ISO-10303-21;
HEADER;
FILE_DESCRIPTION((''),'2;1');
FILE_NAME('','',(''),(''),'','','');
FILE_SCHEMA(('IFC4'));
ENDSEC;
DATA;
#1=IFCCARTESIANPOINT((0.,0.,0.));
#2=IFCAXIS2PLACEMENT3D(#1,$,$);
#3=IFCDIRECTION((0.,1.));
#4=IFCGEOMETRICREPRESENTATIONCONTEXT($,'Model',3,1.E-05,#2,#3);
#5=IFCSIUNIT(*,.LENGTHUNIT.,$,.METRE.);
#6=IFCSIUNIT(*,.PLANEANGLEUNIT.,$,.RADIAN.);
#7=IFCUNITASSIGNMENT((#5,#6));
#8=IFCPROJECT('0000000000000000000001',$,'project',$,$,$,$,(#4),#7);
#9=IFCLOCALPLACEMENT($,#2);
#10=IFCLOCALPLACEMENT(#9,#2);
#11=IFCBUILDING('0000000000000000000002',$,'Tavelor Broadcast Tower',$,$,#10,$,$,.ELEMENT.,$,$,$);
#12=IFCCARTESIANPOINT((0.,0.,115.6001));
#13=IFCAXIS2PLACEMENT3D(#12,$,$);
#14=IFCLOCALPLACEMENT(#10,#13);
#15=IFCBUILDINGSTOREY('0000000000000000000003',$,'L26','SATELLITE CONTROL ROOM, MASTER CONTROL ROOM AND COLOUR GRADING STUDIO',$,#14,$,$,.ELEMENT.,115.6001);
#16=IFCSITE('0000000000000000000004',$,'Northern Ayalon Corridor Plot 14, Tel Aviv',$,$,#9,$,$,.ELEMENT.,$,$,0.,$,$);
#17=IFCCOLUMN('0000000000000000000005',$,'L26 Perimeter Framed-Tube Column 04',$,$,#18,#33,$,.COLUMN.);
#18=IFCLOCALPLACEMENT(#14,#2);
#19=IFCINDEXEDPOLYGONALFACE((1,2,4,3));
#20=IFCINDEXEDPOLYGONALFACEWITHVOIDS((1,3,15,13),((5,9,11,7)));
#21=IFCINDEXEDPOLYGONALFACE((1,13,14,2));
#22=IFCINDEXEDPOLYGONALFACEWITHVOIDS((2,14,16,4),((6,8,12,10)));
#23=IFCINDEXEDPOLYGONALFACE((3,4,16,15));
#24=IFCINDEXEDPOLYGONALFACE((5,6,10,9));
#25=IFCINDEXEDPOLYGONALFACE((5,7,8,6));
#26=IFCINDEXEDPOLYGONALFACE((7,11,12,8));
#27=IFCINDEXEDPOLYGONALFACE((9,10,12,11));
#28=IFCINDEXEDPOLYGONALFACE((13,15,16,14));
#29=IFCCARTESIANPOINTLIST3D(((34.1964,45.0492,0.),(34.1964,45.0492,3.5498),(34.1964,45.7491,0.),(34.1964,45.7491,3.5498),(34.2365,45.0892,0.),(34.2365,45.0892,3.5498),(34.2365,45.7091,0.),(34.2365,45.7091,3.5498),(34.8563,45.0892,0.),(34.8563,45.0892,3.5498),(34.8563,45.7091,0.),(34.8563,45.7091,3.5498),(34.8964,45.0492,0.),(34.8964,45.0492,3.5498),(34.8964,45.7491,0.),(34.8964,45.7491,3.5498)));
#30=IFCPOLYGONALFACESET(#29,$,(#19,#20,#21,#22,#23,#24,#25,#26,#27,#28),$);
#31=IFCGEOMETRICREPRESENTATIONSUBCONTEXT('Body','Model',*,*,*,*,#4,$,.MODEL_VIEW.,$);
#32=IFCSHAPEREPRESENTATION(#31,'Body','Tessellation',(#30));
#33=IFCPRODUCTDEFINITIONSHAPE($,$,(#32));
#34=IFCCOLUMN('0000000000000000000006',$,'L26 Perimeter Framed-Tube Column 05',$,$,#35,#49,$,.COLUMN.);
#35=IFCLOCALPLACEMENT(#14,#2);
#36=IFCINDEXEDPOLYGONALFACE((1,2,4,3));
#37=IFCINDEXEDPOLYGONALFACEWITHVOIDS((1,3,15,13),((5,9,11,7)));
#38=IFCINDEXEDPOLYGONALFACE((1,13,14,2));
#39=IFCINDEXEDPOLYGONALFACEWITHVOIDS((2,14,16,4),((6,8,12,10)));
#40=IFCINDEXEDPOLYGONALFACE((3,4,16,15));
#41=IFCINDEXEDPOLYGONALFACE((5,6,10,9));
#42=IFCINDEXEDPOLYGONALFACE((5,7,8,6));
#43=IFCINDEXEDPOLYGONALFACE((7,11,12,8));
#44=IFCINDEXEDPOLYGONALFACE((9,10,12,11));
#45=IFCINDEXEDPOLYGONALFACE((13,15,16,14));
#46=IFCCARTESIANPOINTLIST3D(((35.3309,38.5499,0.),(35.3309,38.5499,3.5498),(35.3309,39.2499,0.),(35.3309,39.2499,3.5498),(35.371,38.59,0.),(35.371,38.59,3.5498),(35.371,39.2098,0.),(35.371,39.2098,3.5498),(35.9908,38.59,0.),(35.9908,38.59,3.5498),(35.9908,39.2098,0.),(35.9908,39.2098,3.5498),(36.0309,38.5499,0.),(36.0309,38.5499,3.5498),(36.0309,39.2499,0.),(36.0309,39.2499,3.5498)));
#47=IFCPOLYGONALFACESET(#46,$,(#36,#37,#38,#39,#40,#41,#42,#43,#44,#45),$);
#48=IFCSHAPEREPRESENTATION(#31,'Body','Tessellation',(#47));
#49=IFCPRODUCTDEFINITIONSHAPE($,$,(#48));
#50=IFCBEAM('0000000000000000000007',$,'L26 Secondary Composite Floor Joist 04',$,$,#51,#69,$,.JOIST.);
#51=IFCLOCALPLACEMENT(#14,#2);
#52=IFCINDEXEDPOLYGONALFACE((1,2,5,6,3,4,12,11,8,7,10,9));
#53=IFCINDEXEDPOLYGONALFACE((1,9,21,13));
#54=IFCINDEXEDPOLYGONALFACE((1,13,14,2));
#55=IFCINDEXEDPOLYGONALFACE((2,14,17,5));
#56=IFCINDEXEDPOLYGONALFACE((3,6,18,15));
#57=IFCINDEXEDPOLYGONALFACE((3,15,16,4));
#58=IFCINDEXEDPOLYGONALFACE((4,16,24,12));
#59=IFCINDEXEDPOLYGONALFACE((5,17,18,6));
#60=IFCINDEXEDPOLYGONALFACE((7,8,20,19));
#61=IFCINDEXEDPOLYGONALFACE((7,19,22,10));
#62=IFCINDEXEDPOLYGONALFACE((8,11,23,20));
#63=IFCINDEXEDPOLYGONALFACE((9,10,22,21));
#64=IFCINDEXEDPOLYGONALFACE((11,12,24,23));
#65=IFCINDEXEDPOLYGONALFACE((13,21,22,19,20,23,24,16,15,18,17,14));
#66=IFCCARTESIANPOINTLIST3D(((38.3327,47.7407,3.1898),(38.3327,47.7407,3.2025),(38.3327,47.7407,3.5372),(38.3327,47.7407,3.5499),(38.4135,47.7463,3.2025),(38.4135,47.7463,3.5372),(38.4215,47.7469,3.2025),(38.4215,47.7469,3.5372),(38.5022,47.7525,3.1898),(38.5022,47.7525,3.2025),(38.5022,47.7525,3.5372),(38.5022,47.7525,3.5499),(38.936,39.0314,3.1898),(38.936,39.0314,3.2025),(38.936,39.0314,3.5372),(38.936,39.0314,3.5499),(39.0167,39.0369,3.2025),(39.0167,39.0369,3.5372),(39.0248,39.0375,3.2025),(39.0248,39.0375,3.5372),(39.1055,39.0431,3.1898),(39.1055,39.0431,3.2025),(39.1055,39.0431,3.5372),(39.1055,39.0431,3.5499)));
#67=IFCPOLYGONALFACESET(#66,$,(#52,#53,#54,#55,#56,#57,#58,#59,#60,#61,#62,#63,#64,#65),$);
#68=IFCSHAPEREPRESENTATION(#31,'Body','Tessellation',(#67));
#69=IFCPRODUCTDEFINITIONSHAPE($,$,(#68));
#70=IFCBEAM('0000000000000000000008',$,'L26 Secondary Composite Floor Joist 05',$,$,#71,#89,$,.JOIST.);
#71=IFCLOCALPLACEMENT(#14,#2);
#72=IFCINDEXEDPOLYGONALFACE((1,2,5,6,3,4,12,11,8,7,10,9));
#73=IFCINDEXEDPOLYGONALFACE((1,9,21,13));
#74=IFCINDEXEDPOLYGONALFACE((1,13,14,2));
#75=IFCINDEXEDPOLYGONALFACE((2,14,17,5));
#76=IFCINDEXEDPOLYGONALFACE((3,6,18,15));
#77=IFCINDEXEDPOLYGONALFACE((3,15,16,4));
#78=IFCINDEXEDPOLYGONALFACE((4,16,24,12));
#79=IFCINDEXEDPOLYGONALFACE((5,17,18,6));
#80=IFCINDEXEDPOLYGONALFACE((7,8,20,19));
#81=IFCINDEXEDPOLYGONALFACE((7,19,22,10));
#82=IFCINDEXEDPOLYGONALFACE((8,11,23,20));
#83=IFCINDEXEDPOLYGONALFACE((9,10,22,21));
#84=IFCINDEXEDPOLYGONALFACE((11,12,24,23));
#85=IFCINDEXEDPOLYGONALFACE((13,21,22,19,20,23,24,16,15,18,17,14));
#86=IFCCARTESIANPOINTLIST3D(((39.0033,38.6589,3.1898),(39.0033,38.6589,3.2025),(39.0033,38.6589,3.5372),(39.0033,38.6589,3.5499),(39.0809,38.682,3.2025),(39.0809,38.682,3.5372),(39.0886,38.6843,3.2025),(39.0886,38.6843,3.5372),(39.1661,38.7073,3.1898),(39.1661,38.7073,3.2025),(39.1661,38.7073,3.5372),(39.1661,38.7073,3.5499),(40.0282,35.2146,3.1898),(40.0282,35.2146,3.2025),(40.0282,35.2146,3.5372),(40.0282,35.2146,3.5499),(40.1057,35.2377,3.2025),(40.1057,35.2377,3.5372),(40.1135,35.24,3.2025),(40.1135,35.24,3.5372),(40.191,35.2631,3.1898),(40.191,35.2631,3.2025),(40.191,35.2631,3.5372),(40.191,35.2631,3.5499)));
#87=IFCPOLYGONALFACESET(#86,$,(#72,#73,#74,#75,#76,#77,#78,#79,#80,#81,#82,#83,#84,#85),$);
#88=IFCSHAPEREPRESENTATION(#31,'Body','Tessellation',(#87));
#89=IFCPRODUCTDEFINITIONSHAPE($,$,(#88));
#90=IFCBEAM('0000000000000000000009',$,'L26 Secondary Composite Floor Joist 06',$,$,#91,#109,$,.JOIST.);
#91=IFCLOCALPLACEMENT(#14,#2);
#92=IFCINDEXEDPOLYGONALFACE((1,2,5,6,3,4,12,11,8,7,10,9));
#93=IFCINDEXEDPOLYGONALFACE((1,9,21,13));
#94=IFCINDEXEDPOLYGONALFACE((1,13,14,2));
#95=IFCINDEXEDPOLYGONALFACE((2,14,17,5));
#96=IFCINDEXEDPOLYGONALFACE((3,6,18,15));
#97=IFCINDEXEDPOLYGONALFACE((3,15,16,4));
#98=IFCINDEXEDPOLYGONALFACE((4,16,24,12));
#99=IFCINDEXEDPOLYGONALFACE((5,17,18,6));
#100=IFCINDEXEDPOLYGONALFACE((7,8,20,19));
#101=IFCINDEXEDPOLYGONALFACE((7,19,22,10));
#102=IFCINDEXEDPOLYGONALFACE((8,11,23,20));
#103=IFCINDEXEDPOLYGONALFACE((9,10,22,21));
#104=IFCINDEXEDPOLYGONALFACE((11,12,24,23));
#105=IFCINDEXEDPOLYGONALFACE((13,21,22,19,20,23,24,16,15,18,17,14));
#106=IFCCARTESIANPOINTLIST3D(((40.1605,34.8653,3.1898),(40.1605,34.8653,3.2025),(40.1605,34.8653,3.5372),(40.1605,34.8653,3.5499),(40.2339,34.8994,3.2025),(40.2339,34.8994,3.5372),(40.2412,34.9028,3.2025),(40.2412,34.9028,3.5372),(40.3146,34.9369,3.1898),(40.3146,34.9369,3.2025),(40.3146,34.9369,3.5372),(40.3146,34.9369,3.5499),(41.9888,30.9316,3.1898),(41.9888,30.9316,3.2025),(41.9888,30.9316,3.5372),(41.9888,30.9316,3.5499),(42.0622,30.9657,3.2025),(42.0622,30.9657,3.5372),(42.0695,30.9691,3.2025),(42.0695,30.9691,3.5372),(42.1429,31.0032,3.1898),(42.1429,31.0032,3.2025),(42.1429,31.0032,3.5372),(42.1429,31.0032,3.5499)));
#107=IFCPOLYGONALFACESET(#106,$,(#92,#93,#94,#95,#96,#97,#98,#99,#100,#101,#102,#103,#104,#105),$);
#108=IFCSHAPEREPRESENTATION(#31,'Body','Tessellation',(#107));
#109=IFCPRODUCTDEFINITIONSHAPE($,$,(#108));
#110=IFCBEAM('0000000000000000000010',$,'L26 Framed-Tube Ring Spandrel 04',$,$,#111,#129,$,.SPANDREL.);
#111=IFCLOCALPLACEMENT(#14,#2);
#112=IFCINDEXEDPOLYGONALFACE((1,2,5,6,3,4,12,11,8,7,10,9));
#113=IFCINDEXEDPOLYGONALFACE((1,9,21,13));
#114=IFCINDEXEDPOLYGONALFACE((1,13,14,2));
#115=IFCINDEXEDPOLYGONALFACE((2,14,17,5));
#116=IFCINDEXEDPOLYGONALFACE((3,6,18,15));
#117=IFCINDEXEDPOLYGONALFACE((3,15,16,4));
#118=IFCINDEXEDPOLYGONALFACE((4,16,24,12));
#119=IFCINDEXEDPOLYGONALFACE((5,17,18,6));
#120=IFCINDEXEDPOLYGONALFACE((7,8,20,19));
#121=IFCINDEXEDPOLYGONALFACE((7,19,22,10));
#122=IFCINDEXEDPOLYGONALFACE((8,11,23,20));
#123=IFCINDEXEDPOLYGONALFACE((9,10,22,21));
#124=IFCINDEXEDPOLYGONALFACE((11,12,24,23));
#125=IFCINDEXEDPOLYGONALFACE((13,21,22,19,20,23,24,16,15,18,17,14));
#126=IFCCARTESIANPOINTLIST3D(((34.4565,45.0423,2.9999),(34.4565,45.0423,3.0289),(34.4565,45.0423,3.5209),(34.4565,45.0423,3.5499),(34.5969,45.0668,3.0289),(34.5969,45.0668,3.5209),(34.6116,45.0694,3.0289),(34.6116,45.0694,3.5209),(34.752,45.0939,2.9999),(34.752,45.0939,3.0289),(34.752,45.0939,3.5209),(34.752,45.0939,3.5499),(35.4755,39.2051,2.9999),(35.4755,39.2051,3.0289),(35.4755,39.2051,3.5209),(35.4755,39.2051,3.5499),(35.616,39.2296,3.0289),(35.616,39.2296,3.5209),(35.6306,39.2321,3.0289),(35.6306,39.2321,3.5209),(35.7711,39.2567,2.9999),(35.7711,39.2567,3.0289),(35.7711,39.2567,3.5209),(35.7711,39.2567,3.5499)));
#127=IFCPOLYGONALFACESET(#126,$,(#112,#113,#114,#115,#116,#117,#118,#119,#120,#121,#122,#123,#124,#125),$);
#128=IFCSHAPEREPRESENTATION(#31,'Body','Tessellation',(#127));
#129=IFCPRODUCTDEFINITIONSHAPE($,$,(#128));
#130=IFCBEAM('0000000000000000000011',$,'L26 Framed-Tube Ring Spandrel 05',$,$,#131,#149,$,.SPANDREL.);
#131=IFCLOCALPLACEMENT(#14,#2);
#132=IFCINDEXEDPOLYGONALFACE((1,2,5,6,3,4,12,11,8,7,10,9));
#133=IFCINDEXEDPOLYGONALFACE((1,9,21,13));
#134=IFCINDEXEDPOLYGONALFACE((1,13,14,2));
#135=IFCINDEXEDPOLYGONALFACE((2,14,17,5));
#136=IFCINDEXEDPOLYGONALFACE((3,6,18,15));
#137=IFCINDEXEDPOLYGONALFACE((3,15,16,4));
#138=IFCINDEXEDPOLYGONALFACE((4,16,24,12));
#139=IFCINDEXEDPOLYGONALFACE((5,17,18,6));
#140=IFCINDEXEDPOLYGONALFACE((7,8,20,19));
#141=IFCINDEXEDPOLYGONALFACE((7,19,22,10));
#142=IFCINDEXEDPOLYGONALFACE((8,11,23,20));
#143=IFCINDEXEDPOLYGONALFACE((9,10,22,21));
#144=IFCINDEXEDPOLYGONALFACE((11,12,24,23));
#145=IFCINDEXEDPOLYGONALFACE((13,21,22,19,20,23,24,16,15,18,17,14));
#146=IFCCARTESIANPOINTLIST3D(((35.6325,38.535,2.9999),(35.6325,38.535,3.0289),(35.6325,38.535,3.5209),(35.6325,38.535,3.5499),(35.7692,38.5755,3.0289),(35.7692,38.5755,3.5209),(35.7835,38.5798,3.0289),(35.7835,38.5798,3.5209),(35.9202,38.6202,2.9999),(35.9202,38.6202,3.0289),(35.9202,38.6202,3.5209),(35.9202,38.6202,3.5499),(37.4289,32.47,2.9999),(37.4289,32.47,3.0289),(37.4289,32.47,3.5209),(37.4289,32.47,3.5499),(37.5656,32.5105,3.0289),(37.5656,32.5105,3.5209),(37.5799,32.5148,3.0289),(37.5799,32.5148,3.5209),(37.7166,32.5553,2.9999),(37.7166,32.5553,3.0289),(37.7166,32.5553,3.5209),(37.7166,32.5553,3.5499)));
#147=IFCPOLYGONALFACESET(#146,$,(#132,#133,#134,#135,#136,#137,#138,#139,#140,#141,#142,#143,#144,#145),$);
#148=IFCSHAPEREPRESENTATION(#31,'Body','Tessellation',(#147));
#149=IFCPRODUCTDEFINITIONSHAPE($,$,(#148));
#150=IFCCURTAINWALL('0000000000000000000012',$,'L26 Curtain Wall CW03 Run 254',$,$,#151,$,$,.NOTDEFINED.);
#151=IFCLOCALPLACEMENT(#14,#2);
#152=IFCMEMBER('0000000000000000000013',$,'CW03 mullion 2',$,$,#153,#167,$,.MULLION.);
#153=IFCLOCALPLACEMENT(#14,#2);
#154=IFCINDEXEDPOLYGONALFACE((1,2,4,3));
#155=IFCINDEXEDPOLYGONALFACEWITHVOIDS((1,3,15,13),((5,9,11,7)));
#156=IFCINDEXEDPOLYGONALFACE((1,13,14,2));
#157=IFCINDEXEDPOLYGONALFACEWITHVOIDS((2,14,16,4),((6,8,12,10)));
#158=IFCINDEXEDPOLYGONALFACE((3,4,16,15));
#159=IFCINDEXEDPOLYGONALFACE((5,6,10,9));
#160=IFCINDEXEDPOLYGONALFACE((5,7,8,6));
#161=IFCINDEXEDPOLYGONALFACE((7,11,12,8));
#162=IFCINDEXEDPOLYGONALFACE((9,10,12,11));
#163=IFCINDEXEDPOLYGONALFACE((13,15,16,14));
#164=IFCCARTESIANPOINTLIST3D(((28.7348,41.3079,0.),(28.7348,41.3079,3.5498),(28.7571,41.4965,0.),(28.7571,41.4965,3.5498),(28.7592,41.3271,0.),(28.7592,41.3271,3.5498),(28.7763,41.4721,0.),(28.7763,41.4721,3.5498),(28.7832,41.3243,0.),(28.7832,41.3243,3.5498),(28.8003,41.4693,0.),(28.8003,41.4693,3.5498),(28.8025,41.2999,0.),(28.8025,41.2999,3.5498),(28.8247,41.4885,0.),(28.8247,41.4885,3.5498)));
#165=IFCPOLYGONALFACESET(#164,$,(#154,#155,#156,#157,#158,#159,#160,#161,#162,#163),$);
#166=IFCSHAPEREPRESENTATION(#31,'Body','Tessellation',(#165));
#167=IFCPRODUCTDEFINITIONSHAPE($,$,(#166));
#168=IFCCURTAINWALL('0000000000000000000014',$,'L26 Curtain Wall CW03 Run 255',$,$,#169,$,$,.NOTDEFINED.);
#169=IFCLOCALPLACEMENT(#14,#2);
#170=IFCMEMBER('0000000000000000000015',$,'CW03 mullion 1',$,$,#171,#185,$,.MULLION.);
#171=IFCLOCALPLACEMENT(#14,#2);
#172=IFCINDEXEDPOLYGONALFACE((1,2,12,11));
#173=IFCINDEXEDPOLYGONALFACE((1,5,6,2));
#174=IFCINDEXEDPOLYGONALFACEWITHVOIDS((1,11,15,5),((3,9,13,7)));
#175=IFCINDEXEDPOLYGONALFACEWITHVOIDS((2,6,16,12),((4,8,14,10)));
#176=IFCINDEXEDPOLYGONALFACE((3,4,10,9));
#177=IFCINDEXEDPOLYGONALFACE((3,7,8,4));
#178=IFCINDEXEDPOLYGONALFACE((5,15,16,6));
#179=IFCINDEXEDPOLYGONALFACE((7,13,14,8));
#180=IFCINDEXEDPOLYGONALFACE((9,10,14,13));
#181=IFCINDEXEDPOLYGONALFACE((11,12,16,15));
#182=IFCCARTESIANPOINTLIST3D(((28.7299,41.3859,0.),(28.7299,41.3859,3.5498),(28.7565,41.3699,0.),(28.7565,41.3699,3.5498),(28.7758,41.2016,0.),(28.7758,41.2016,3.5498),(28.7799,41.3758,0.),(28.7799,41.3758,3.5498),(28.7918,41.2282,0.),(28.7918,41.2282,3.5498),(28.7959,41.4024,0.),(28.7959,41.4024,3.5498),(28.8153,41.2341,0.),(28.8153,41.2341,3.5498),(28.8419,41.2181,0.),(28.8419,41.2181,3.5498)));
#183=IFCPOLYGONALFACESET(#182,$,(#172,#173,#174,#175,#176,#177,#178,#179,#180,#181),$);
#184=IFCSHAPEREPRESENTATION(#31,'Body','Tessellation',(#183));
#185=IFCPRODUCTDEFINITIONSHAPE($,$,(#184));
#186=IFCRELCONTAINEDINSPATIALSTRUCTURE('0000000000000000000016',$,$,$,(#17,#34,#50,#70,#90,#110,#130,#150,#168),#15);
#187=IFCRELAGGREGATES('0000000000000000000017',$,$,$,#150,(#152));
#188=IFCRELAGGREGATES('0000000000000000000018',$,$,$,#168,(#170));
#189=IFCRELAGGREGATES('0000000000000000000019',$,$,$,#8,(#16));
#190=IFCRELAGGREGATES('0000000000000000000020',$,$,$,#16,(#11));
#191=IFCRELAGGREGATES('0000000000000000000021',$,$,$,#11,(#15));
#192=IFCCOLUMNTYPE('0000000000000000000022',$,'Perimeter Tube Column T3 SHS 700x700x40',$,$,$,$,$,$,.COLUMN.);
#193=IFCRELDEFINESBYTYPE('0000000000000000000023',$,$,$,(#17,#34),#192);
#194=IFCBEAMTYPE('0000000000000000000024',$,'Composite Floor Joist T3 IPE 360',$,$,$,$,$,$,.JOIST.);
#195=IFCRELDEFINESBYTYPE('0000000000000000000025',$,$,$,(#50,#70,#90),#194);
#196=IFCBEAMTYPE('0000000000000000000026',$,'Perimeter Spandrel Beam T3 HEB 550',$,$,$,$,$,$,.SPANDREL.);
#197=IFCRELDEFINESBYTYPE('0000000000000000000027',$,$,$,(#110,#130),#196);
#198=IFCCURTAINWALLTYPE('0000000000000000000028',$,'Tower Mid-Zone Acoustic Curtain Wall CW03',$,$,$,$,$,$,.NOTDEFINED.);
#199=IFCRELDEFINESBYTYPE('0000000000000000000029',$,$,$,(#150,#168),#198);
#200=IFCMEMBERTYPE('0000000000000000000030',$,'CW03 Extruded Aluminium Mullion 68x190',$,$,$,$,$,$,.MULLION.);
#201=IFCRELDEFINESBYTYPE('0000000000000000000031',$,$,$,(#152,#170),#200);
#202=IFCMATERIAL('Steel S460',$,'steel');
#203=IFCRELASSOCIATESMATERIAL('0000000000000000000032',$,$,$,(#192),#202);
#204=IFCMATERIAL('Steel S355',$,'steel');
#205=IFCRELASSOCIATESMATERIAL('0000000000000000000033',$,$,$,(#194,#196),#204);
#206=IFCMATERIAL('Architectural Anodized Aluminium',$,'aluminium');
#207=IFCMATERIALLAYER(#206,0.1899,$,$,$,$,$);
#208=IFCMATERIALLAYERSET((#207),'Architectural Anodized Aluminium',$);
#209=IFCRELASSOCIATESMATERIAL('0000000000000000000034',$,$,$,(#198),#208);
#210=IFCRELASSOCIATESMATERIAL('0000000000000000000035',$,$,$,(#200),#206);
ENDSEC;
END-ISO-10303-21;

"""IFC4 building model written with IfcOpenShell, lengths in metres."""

from ifc_helpers import new_model, si_unit, direction, frame, origin, origin_2d, place, context, subcontext, project, spatial, hollow_rectangle, i_section, extrude, source, transform, mapped, material, layer, layer_set, material_profile, profile_set, type_object, type_shapes, element, aggregate, save


model = new_model("IFC4")

# Units and contexts
model_context = context("Model", 3, precision=1e-05, world=origin(), true_north=direction((0.0, 1.0)))
body_context = subcontext(model_context, "Body", "Model", "MODEL_VIEW")
ifc_project = project(units=[si_unit("LENGTHUNIT", "METRE"), si_unit("PLANEANGLEUNIT", "RADIAN")], contexts=[model_context])

# Site, building, storey
site_placement = place(None, origin())
site = spatial("IfcSite", under=ifc_project, at=site_placement, Name="Northern Ayalon Corridor Plot 14, Tel Aviv", CompositionType="ELEMENT", RefElevation=0.0)
building_placement = place(site_placement, origin())
building = spatial("IfcBuilding", under=site, at=building_placement, Name="Tavelor Broadcast Tower", CompositionType="ELEMENT")
storey_placement = place(building_placement, frame((0.0, 0.0, 115.6001)))
storey = spatial("IfcBuildingStorey", under=building, at=storey_placement, Name="L26", Description="SATELLITE CONTROL ROOM, MASTER CONTROL ROOM AND COLOUR GRADING STUDIO", CompositionType="ELEMENT", Elevation=115.6001)

# Columns
ifc_material_1 = material(Name="Steel S460", Category="steel")
ifc_material_profile_1 = material_profile(ifc_material_1, hollow_rectangle(XDim=0.7, YDim=0.7, WallThickness=0.04, at=origin_2d()), Name="SHS 700x700x40")
ifc_profile_set_1 = profile_set([ifc_material_profile_1], Name="Steel S460")
column_type = type_object("IfcColumnType", Name="Perimeter Tube Column T3 SHS 700x700x40", PredefinedType="COLUMN", material=ifc_profile_set_1)
for number, where, z_axis, x_axis, name in (
    (1, (34.5464, 45.3992, 0.0), (0.0, 0.0, 1.0), (1.0, 0.0, 0.0), "L26 Perimeter Framed-Tube Column 04"),
    (2, (35.6809, 38.8999, 0.0), (0.0, 0.0, 1.0), (1.0, 0.0, 0.0), "L26 Perimeter Framed-Tube Column 05"),
):
    element("IfcColumn", number, at=place(storey_placement, frame(where, z_axis=z_axis, x_axis=x_axis)), inside=storey, type_object=column_type, Name=name, PredefinedType="COLUMN", context=body_context, shape_type="SweptSolid", body=[
        extrude(hollow_rectangle(XDim=0.7, YDim=0.7, WallThickness=0.04, at=origin_2d()), origin(), (0.0, 0.0, 1.0), 3.5498),
    ])

# Beams
ifc_material_2 = material(Name="Steel S355", Category="steel")
ifc_material_profile_2 = material_profile(ifc_material_2, i_section(OverallWidth=0.1699, OverallDepth=0.3601, WebThickness=0.0081, FlangeThickness=0.0127, at=origin_2d()), Name="IPE 360")
ifc_profile_set_2 = profile_set([ifc_material_profile_2], Name="Steel S355")
beam_type_1 = type_object("IfcBeamType", Name="Composite Floor Joist T3 IPE 360", PredefinedType="JOIST", material=ifc_profile_set_2)
beam_1_placement = place(storey_placement, frame((38.4175, 47.7466, 3.3699), z_axis=(0.069101, -0.99761, 0.0), x_axis=(0.99761, 0.069101, 0.0)))
element("IfcBeam", 3, at=beam_1_placement, inside=storey, type_object=beam_type_1, Name="L26 Secondary Composite Floor Joist 04", PredefinedType="JOIST", context=body_context, shape_type="SweptSolid", body=[
    extrude(i_section(OverallWidth=0.1699, OverallDepth=0.3601, WebThickness=0.0081, FlangeThickness=0.0127, at=origin_2d()), origin(), (0.0, 0.0, 1.0), 8.7302),
])
beam_2_placement = place(storey_placement, frame((39.0847, 38.6831, 3.3699), z_axis=(0.285203, -0.958467, 0.0), x_axis=(0.958467, 0.285203, 0.0)))
element("IfcBeam", 4, at=beam_2_placement, inside=storey, type_object=beam_type_1, Name="L26 Secondary Composite Floor Joist 05", PredefinedType="JOIST", context=body_context, shape_type="SweptSolid", body=[
    extrude(i_section(OverallWidth=0.1699, OverallDepth=0.3601, WebThickness=0.0081, FlangeThickness=0.0127, at=origin_2d()), origin(), (0.0, 0.0, 1.0), 3.5935),
])
beam_3_placement = place(storey_placement, frame((40.2375, 34.9011, 3.3699), z_axis=(0.42148, -0.906838, 0.0), x_axis=(0.906838, 0.42148, 0.0)))
element("IfcBeam", 5, at=beam_3_placement, inside=storey, type_object=beam_type_1, Name="L26 Secondary Composite Floor Joist 06", PredefinedType="JOIST", context=body_context, shape_type="SweptSolid", body=[
    extrude(i_section(OverallWidth=0.1699, OverallDepth=0.3601, WebThickness=0.0081, FlangeThickness=0.0127, at=origin_2d()), origin(), (0.0, 0.0, 1.0), 4.3379),
])
ifc_material_profile_3 = material_profile(ifc_material_2, i_section(OverallWidth=0.3, OverallDepth=0.55, WebThickness=0.0149, FlangeThickness=0.0291, at=origin_2d()), Name="HEB 550")
ifc_profile_set_3 = profile_set([ifc_material_profile_3], Name="Steel S355")
beam_type_2 = type_object("IfcBeamType", Name="Perimeter Spandrel Beam T3 HEB 550", PredefinedType="SPANDREL", material=ifc_profile_set_3)
beam_4_placement = place(storey_placement, frame((34.6042, 45.0681, 3.2749), z_axis=(0.171978, -0.985101, 0.0), x_axis=(0.985101, 0.171978, 0.0)))
element("IfcBeam", 6, at=beam_4_placement, inside=storey, type_object=beam_type_2, Name="L26 Framed-Tube Ring Spandrel 04", PredefinedType="SPANDREL", context=body_context, shape_type="SweptSolid", body=[
    extrude(i_section(OverallWidth=0.3, OverallDepth=0.55, WebThickness=0.0149, FlangeThickness=0.0291, at=origin_2d()), origin(), (0.0, 0.0, 1.0), 5.9255),
])
beam_5_placement = place(storey_placement, frame((35.7764, 38.5776, 3.2749), z_axis=(0.283996, -0.958825, 0.0), x_axis=(0.958825, 0.283996, 0.0)))
element("IfcBeam", 7, at=beam_5_placement, inside=storey, type_object=beam_type_2, Name="L26 Framed-Tube Ring Spandrel 05", PredefinedType="SPANDREL", context=body_context, shape_type="SweptSolid", body=[
    extrude(i_section(OverallWidth=0.3, OverallDepth=0.55, WebThickness=0.0149, FlangeThickness=0.0291, at=origin_2d()), origin(), (0.0, 0.0, 1.0), 6.3254),
])

# Curtain wall, member
ifc_material_3 = material(Name="Architectural Anodized Aluminium", Category="aluminium")
ifc_layer_1 = layer(ifc_material_3, 0.1899)
ifc_layer_set_1 = layer_set([ifc_layer_1], Name="Architectural Anodized Aluminium")
curtain_wall_type = type_object("IfcCurtainWallType", Name="Tower Mid-Zone Acoustic Curtain Wall CW03", PredefinedType="NOTDEFINED", material=ifc_layer_set_1)
curtain_wall_1_placement = place(storey_placement, origin())
curtain_wall_1 = element("IfcCurtainWall", 8, at=curtain_wall_1_placement, inside=storey, type_object=curtain_wall_type, Name="L26 Curtain Wall CW03 Run 254", PredefinedType="NOTDEFINED")
ifc_material_profile_4 = material_profile(ifc_material_3, hollow_rectangle(XDim=0.0681, YDim=0.1899, WallThickness=0.022, at=origin_2d()), Name="RHS 68x190x22")
ifc_profile_set_4 = profile_set([ifc_material_profile_4], Name="Architectural Anodized Aluminium")
member_type_1 = type_object("IfcMemberType", Name="CW03 Extruded Aluminium Mullion 68x190", PredefinedType="MULLION", material=ifc_profile_set_4)
shared_shape_1 = source(origin(), body_context, "Body", "SweptSolid", [
    extrude(hollow_rectangle(XDim=0.0681, YDim=0.1899, WallThickness=0.022, at=origin_2d()), origin(), (0.0, 0.0, 1.0), 3.5498),
])
type_shapes(member_type_1, [shared_shape_1])
member_1_placement = place(storey_placement, frame((28.7798, 41.3982, 0.0), z_axis=(0.0, 0.0, 1.0), x_axis=(0.993119, -0.117108, 0.0)))
member_1 = element("IfcMember", 9, at=member_1_placement, type_object=member_type_1, Name="CW03 mullion 2", PredefinedType="MULLION", context=body_context, shape_type="MappedRepresentation", body=[
    mapped(shared_shape_1, transform((0.0, 0.0, 0.0), scale=1.0)),
])

# Curtain wall, member
curtain_wall_2_placement = place(storey_placement, origin())
curtain_wall_2 = element("IfcCurtainWall", 10, at=curtain_wall_2_placement, inside=storey, type_object=curtain_wall_type, Name="L26 Curtain Wall CW03 Run 255", PredefinedType="NOTDEFINED")
member_2_placement = place(storey_placement, frame((28.7859, 41.302, 0.0), z_axis=(0.0, 0.0, 1.0), x_axis=(0.970251, 0.242102, 0.0)))
member_2 = element("IfcMember", 11, at=member_2_placement, type_object=member_type_1, Name="CW03 mullion 1", PredefinedType="MULLION", context=body_context, shape_type="MappedRepresentation", body=[
    mapped(shared_shape_1, transform((0.0, 0.0, 0.0), scale=1.0)),
])

aggregate(curtain_wall_1, [member_1])
aggregate(curtain_wall_2, [member_2])

save(model, "model.ifc")
